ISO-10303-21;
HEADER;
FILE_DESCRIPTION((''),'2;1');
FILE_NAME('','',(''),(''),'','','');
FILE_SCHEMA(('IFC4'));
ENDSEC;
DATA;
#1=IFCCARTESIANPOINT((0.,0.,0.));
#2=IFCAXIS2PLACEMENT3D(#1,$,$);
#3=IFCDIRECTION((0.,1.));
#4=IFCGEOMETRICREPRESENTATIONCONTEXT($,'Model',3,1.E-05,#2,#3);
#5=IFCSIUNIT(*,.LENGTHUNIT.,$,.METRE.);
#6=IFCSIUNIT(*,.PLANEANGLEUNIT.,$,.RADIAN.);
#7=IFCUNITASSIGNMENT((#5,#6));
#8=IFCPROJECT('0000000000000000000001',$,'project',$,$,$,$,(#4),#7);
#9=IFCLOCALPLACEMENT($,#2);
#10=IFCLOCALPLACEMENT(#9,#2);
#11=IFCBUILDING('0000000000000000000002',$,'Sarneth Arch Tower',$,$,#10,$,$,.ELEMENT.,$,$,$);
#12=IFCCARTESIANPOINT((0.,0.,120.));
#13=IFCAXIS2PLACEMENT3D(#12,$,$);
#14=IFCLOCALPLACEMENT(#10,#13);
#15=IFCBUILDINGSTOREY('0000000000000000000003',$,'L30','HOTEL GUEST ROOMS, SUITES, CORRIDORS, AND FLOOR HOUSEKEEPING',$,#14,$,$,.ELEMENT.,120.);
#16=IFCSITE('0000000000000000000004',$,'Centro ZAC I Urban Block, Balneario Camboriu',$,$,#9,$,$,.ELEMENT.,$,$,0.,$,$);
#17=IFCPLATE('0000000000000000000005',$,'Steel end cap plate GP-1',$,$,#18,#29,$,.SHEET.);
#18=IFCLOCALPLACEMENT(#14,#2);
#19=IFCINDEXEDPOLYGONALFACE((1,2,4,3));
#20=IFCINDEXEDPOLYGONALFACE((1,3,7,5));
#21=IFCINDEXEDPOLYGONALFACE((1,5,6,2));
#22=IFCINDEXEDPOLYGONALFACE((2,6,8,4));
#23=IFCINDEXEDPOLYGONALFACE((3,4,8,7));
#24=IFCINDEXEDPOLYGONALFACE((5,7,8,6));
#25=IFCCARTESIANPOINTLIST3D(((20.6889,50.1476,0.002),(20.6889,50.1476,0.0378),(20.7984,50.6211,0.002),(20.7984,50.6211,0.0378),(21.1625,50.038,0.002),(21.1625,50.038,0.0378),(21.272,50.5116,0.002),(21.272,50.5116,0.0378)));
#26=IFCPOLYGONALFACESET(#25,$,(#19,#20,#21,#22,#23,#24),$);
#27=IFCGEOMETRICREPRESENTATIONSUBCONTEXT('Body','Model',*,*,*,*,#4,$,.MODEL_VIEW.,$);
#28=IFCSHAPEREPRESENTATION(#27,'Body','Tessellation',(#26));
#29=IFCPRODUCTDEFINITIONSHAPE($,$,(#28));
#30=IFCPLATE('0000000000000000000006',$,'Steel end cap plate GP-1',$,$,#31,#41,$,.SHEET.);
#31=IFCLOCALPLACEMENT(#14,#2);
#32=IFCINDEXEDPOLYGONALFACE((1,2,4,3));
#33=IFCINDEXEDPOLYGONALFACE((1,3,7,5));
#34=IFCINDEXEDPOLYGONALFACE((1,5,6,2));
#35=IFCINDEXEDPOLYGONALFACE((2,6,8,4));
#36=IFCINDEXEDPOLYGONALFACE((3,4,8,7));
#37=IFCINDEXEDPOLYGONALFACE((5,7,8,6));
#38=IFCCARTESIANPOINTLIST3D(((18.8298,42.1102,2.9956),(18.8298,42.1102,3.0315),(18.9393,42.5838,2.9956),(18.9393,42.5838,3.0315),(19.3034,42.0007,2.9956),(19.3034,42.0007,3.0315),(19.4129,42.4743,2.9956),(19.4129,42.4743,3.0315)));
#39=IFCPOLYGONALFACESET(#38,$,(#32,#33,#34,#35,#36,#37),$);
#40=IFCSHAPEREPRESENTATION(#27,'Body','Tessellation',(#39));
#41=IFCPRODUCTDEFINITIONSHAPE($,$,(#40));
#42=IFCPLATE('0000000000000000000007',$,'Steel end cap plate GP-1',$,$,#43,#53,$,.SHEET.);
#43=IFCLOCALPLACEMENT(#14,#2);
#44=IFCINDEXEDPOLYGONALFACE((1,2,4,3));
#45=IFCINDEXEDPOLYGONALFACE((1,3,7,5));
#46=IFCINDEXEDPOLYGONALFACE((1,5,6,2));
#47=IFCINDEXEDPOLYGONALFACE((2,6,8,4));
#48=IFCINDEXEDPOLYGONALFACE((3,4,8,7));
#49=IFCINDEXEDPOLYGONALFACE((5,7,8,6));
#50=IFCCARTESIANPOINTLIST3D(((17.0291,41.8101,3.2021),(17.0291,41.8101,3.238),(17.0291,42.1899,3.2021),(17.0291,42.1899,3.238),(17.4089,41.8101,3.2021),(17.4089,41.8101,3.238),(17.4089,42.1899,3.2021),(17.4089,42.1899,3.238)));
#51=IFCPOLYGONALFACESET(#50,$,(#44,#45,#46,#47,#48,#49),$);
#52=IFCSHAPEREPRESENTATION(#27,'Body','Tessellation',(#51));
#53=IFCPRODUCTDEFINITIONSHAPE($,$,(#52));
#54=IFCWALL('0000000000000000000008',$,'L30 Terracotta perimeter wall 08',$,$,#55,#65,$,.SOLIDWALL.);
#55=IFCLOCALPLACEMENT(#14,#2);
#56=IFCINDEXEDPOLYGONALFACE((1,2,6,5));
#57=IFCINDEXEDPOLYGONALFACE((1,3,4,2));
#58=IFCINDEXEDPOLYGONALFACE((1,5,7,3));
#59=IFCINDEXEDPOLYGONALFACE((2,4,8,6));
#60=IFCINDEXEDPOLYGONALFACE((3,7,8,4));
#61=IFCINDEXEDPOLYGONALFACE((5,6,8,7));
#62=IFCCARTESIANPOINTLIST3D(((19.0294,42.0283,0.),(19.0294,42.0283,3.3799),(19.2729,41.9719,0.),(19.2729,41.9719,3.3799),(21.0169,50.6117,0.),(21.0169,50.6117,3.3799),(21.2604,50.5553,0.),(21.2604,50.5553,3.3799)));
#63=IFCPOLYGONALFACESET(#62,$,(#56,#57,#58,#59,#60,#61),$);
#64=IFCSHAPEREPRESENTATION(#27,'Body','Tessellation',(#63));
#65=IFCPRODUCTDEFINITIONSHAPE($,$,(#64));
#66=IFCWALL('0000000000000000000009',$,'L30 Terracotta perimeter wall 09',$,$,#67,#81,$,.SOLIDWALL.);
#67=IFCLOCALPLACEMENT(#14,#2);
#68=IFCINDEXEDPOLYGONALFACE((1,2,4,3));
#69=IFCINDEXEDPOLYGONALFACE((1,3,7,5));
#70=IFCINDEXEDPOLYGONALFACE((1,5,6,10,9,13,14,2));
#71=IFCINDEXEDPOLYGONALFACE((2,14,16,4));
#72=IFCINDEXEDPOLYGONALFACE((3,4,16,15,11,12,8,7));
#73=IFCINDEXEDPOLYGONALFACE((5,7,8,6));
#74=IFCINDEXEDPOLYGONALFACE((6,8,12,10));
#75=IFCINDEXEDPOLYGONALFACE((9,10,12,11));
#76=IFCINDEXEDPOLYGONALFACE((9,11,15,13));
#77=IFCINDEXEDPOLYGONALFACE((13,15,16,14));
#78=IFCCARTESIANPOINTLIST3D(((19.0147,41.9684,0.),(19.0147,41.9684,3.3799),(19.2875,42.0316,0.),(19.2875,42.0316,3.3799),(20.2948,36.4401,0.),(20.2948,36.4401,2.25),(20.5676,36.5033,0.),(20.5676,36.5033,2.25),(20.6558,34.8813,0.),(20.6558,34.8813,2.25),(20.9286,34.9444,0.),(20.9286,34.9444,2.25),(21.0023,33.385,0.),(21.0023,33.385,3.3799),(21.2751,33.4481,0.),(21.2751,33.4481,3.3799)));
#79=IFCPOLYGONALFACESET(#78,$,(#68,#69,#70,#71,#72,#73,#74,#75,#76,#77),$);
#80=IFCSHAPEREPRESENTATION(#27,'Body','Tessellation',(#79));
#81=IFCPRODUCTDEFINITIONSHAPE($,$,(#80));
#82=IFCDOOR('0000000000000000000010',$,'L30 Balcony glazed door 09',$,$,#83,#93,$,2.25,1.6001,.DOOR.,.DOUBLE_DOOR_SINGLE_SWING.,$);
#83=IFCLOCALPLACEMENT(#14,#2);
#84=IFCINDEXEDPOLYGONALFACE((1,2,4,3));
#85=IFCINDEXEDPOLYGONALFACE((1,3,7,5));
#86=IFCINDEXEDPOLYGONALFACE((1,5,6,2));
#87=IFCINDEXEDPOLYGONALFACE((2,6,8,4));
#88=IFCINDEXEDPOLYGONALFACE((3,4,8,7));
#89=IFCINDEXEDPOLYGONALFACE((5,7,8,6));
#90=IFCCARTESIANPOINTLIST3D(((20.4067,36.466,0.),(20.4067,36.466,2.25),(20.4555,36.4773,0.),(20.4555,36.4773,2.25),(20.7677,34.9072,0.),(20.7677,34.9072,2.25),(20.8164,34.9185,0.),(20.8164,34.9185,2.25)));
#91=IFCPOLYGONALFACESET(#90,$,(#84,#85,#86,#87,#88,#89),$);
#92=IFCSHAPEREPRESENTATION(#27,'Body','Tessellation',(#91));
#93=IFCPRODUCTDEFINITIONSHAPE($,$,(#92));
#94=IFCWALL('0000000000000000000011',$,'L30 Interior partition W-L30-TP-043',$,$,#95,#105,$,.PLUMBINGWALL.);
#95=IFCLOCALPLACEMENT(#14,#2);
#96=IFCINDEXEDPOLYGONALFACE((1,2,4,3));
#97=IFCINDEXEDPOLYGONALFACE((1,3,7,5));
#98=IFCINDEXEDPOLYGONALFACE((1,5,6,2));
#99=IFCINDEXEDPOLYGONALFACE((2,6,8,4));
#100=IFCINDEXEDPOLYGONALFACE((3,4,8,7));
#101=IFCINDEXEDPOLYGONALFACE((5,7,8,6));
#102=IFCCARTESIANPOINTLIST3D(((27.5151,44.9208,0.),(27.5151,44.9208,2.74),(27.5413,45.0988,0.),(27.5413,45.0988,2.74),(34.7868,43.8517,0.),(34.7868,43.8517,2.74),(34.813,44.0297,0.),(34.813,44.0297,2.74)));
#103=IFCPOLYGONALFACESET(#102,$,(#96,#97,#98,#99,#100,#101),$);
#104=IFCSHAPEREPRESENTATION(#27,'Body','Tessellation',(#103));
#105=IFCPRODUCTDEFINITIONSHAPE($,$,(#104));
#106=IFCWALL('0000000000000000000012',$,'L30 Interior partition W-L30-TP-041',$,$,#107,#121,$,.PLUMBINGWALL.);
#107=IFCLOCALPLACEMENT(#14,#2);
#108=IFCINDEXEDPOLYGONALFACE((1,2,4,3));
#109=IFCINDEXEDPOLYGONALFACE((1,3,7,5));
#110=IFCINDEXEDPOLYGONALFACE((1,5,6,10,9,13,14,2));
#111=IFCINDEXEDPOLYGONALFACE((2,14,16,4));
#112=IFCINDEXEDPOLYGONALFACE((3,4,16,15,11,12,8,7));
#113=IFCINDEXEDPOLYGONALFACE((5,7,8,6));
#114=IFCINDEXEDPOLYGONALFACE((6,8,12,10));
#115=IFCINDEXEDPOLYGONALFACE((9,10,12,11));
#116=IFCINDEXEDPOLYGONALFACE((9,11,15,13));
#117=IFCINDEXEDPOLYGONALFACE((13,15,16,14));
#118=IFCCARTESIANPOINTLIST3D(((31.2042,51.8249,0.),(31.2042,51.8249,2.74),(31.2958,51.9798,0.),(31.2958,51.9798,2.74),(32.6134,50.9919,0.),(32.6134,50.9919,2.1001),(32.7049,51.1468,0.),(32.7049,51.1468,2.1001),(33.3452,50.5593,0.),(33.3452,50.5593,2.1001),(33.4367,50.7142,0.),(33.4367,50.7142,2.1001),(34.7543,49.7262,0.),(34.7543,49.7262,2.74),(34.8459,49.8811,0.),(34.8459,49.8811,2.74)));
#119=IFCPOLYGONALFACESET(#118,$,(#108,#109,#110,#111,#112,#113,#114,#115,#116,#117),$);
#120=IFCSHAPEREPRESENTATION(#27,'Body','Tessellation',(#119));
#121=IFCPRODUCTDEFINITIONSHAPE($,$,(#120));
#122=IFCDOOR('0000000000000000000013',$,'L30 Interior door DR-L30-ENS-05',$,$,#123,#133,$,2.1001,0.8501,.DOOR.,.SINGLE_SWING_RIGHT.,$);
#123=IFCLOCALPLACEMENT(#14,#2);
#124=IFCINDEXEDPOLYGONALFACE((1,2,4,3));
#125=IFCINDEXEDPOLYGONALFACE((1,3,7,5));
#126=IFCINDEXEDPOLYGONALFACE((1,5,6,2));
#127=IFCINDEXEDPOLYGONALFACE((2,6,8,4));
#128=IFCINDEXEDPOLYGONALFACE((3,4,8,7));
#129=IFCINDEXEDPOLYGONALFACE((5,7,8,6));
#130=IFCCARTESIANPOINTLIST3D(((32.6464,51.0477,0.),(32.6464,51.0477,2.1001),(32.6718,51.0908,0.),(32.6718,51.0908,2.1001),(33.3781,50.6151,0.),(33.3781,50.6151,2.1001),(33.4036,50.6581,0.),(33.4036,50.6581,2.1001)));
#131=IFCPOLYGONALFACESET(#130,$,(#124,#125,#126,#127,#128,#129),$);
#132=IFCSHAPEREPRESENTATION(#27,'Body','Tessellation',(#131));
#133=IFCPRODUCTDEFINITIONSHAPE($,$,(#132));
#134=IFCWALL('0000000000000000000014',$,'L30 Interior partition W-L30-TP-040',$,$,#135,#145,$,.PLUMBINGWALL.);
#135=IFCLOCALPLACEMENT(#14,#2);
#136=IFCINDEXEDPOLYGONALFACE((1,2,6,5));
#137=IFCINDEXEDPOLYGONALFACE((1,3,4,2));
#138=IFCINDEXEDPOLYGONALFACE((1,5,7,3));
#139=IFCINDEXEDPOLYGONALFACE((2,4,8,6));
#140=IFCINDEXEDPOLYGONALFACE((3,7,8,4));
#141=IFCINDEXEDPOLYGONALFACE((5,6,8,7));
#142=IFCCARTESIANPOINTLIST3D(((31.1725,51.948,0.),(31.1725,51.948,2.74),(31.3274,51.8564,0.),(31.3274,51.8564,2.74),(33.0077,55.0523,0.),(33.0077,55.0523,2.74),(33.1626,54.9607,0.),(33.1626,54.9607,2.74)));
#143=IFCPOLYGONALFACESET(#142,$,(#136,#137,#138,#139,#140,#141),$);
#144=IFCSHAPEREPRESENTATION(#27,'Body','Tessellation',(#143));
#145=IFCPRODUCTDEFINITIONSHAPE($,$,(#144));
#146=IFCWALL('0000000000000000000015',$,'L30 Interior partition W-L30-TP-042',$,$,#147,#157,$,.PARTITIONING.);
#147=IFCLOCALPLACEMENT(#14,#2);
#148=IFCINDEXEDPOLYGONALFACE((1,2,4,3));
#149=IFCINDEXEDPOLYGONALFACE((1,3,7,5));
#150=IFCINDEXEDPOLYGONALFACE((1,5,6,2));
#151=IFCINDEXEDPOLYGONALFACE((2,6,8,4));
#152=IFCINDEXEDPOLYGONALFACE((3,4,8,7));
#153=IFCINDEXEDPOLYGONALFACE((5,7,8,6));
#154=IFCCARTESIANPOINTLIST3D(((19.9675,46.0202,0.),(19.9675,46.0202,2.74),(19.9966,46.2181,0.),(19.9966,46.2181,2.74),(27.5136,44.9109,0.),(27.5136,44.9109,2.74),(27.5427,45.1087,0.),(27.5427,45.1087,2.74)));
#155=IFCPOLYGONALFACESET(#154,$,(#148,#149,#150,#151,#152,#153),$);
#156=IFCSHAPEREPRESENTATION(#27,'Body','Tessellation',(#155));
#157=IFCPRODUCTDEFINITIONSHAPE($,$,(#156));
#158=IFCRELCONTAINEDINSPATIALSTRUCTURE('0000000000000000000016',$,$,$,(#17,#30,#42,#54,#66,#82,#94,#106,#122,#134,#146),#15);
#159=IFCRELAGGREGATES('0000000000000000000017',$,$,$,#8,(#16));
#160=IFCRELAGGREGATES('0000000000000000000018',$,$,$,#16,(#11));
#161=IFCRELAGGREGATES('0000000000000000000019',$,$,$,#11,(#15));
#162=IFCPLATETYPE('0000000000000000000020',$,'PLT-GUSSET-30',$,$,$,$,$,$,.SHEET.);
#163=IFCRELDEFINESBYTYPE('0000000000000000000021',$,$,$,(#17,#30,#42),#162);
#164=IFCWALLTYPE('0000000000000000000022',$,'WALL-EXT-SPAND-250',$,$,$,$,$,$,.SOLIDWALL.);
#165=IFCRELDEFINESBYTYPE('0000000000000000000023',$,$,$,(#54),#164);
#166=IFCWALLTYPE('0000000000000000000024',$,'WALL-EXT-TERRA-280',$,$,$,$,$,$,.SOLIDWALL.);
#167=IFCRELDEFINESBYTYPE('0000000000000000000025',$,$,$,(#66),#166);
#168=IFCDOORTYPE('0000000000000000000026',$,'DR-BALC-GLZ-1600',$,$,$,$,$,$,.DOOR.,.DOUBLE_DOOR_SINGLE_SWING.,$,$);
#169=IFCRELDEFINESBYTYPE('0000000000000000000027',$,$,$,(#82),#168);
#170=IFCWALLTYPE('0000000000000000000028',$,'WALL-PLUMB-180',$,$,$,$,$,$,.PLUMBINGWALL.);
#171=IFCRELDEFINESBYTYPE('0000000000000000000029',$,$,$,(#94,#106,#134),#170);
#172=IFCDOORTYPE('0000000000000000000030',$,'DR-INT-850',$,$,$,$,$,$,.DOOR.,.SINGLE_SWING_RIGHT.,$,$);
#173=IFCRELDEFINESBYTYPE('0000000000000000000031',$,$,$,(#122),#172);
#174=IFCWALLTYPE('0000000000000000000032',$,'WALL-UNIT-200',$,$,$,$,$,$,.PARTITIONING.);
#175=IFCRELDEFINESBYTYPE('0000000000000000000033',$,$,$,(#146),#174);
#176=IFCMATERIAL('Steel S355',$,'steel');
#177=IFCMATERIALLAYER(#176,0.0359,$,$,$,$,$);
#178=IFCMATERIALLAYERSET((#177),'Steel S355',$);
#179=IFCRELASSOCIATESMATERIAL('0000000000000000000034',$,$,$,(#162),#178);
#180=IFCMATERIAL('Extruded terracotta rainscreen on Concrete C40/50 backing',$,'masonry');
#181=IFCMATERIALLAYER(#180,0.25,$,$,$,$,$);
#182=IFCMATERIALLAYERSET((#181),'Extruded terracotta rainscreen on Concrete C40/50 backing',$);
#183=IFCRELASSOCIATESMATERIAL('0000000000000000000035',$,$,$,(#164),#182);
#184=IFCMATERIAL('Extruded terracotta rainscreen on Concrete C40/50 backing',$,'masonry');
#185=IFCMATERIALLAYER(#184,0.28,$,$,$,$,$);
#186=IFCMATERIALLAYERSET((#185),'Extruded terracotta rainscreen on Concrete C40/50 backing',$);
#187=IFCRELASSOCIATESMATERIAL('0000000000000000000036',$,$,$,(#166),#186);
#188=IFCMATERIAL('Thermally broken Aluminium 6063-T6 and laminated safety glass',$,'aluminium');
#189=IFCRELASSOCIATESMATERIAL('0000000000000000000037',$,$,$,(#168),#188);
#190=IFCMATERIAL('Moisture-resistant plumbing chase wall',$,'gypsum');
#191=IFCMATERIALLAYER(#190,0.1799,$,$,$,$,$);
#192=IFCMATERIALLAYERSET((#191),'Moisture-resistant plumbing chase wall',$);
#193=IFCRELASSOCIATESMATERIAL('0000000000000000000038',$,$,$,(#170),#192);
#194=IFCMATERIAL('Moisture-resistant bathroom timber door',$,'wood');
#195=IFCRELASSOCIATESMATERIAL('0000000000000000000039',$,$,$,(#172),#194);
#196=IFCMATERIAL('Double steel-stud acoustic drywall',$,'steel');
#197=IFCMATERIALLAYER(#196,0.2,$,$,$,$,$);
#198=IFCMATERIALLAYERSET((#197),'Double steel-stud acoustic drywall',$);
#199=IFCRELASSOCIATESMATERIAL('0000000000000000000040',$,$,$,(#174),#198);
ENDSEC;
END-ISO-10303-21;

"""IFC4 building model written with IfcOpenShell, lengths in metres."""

from ifc_helpers import new_model, si_unit, direction, frame, frame_2d, origin, origin_2d, place, context, subcontext, project, spatial, rectangle, extrude, material, layer, layer_set, type_object, element, fill, save


model = new_model("IFC4")

# Units and contexts
model_context = context("Model", 3, precision=1e-05, world=origin(), true_north=direction((0.0, 1.0)))
body_context = subcontext(model_context, "Body", "Model", "MODEL_VIEW")
ifc_project = project(units=[si_unit("LENGTHUNIT", "METRE"), si_unit("PLANEANGLEUNIT", "RADIAN")], contexts=[model_context])

# Site, building, storey
site_placement = place(None, origin())
site = spatial("IfcSite", under=ifc_project, at=site_placement, Name="Centro ZAC I Urban Block, Balneario Camboriu", CompositionType="ELEMENT", RefElevation=0.0)
building_placement = place(site_placement, origin())
building = spatial("IfcBuilding", under=site, at=building_placement, Name="Sarneth Arch Tower", CompositionType="ELEMENT")
storey_placement = place(building_placement, frame((0.0, 0.0, 120.0)))
storey = spatial("IfcBuildingStorey", under=building, at=storey_placement, Name="L30", Description="HOTEL GUEST ROOMS, SUITES, CORRIDORS, AND FLOOR HOUSEKEEPING", CompositionType="ELEMENT", Elevation=120.0)

# Plates
ifc_material_1 = material(Name="Steel S355", Category="steel")
ifc_layer_1 = layer(ifc_material_1, 0.0359)
ifc_layer_set_1 = layer_set([ifc_layer_1], Name="Steel S355")
plate_type = type_object("IfcPlateType", Name="PLT-GUSSET-30", PredefinedType="SHEET", material=ifc_layer_set_1)
for number, where, z_axis, x_axis, name in (
    (1, (20.9805, 50.3296, 0.002), (0.0, 0.0, 1.0), (-0.225291, -0.974291, 0.0), "Steel end cap plate GP-1"),
    (2, (19.1213, 42.2922, 2.9956), (0.0, 0.0, 1.0), (-0.225291, -0.974291, 0.0), "Steel end cap plate GP-1"),
):
    element("IfcPlate", number, at=place(storey_placement, frame(where, z_axis=z_axis, x_axis=x_axis)), inside=storey, type_object=plate_type, Name=name, PredefinedType="SHEET", context=body_context, shape_type="SweptSolid", body=[
        extrude(rectangle(XDim=0.4861, YDim=0.4861, at=origin_2d()), origin(), (0.0, 0.0, 1.0), 0.0359),
    ])
plate_placement = place(storey_placement, frame((17.219, 42.0, 3.2021), z_axis=(0.0, 0.0, 1.0), x_axis=(-1.0, 0.0, 0.0)))
element("IfcPlate", 3, at=plate_placement, inside=storey, type_object=plate_type, Name="Steel end cap plate GP-1", PredefinedType="SHEET", context=body_context, shape_type="SweptSolid", body=[
    extrude(rectangle(XDim=0.3799, YDim=0.3799, at=origin_2d()), origin(), (0.0, 0.0, 1.0), 0.0359),
])

# Wall
ifc_material_2 = material(Name="Extruded terracotta rainscreen on Concrete C40/50 backing", Category="masonry")
ifc_layer_2 = layer(ifc_material_2, 0.25)
ifc_layer_set_2 = layer_set([ifc_layer_2], Name="Extruded terracotta rainscreen on Concrete C40/50 backing")
wall_type_1 = type_object("IfcWallType", Name="WALL-EXT-SPAND-250", PredefinedType="SOLIDWALL", material=ifc_layer_set_2)
wall_1_placement = place(storey_placement, frame((21.1387, 50.5835, 0.0), z_axis=(0.0, 0.0, 1.0), x_axis=(-0.225586, -0.974223, 0.0)))
element("IfcWall", 4, at=wall_1_placement, inside=storey, type_object=wall_type_1, Name="L30 Terracotta perimeter wall 08", PredefinedType="SOLIDWALL", context=body_context, shape_type="SweptSolid", body=[
    extrude(rectangle(XDim=8.8105, YDim=0.25, at=frame_2d((4.4053, 0.0))), origin(), (0.0, 0.0, 1.0), 3.3799),
])

# Wall, opening, door
ifc_material_3 = material(Name="Extruded terracotta rainscreen on Concrete C40/50 backing", Category="masonry")
ifc_layer_3 = layer(ifc_material_3, 0.28)
ifc_layer_set_3 = layer_set([ifc_layer_3], Name="Extruded terracotta rainscreen on Concrete C40/50 backing")
wall_type_2 = type_object("IfcWallType", Name="WALL-EXT-TERRA-280", PredefinedType="SOLIDWALL", material=ifc_layer_set_3)
wall_2_placement = place(storey_placement, frame((19.1511, 42.0, 0.0), z_axis=(0.0, 0.0, 1.0), x_axis=(0.225586, -0.974223, 0.0)))
wall_2 = element("IfcWall", 5, at=wall_2_placement, inside=storey, type_object=wall_type_2, Name="L30 Terracotta perimeter wall 09", PredefinedType="SOLIDWALL", context=body_context, shape_type="SweptSolid", body=[
    extrude(rectangle(XDim=8.8105, YDim=0.28, at=frame_2d((4.4053, 0.0))), origin(), (0.0, 0.0, 1.0), 3.3799),
])
opening_1_placement = place(wall_2_placement, frame((5.6746, 0.0, 0.0)))
opening_1 = element("IfcOpeningElement", 6, at=opening_1_placement, cuts=wall_2, PredefinedType="OPENING", context=body_context, shape_type="SweptSolid", body=[
    extrude(rectangle(XDim=1.6001, YDim=2.25, at=frame_2d((0.8, 1.125))), frame((0.0, 0.1499, 0.0), z_axis=(0.0, -1.0, 0.0), x_axis=(1.0, 0.0, 0.0)), (0.0, 0.0, 1.0), 0.3),
])
ifc_material_4 = material(Name="Thermally broken Aluminium 6063-T6 and laminated safety glass", Category="aluminium")
door_type_1 = type_object("IfcDoorType", Name="DR-BALC-GLZ-1600", OperationType="DOUBLE_DOOR_SINGLE_SWING", PredefinedType="DOOR", material=ifc_material_4)
door_1_placement = place(opening_1_placement, origin())
door_1 = element("IfcDoor", 7, at=door_1_placement, inside=storey, type_object=door_type_1, Name="L30 Balcony glazed door 09", OperationType="DOUBLE_DOOR_SINGLE_SWING", OverallHeight=2.25, OverallWidth=1.6001, PredefinedType="DOOR", context=body_context, shape_type="SweptSolid", body=[
    extrude(rectangle(XDim=1.6001, YDim=2.25, at=frame_2d((0.8, 1.125))), frame((0.0, 0.0249, 0.0), z_axis=(0.0, -1.0, 0.0), x_axis=(1.0, 0.0, 0.0)), (0.0, 0.0, 1.0), 0.05),
])
fill(opening_1, door_1)

# Wall
ifc_material_5 = material(Name="Moisture-resistant plumbing chase wall", Category="gypsum")
ifc_layer_4 = layer(ifc_material_5, 0.1799)
ifc_layer_set_4 = layer_set([ifc_layer_4], Name="Moisture-resistant plumbing chase wall")
wall_type_3 = type_object("IfcWallType", Name="WALL-PLUMB-180", PredefinedType="PLUMBINGWALL", material=ifc_layer_set_4)
wall_3_placement = place(storey_placement, frame((27.5283, 45.0098, 0.0), z_axis=(0.0, 0.0, 1.0), x_axis=(0.989365, -0.145457, 0.0)))
element("IfcWall", 8, at=wall_3_placement, inside=storey, type_object=wall_type_3, Name="L30 Interior partition W-L30-TP-043", PredefinedType="PLUMBINGWALL", context=body_context, shape_type="SweptSolid", body=[
    extrude(rectangle(XDim=7.3499, YDim=0.1799, at=frame_2d((3.6748, 0.0))), origin(), (0.0, 0.0, 1.0), 2.74),
])

# Wall, opening, door
wall_4_placement = place(storey_placement, frame((31.25, 51.9023, 0.0), z_axis=(0.0, 0.0, 1.0), x_axis=(0.860833, -0.508887, 0.0)))
wall_4 = element("IfcWall", 9, at=wall_4_placement, inside=storey, type_object=wall_type_3, Name="L30 Interior partition W-L30-TP-041", PredefinedType="PLUMBINGWALL", context=body_context, shape_type="SweptSolid", body=[
    extrude(rectangle(XDim=4.124, YDim=0.1799, at=frame_2d((2.062, 0.0))), origin(), (0.0, 0.0, 1.0), 2.74),
])
opening_2_placement = place(wall_4_placement, frame((1.637, 0.0, 0.0)))
opening_2 = element("IfcOpeningElement", 10, at=opening_2_placement, cuts=wall_4, PredefinedType="OPENING", context=body_context, shape_type="SweptSolid", body=[
    extrude(rectangle(XDim=0.8501, YDim=2.1001, at=frame_2d((0.425, 1.05))), frame((0.0, 0.0999, 0.0), z_axis=(0.0, -1.0, 0.0), x_axis=(1.0, 0.0, 0.0)), (0.0, 0.0, 1.0), 0.2),
])
ifc_material_6 = material(Name="Moisture-resistant bathroom timber door", Category="wood")
door_type_2 = type_object("IfcDoorType", Name="DR-INT-850", OperationType="SINGLE_SWING_RIGHT", PredefinedType="DOOR", material=ifc_material_6)
door_2_placement = place(opening_2_placement, origin())
door_2 = element("IfcDoor", 11, at=door_2_placement, inside=storey, type_object=door_type_2, Name="L30 Interior door DR-L30-ENS-05", OperationType="SINGLE_SWING_RIGHT", OverallHeight=2.1001, OverallWidth=0.8501, PredefinedType="DOOR", context=body_context, shape_type="SweptSolid", body=[
    extrude(rectangle(XDim=0.8501, YDim=2.1001, at=frame_2d((0.425, 1.05))), frame((0.0, 0.0249, 0.0), z_axis=(0.0, -1.0, 0.0), x_axis=(1.0, 0.0, 0.0)), (0.0, 0.0, 1.0), 0.05),
])
fill(opening_2, door_2)

# Walls
wall_5_placement = place(storey_placement, frame((33.0852, 55.0066, 0.0), z_axis=(0.0, 0.0, 1.0), x_axis=(-0.508909, -0.86082, 0.0)))
element("IfcWall", 12, at=wall_5_placement, inside=storey, type_object=wall_type_3, Name="L30 Interior partition W-L30-TP-040", PredefinedType="PLUMBINGWALL", context=body_context, shape_type="SweptSolid", body=[
    extrude(rectangle(XDim=3.6062, YDim=0.1799, at=frame_2d((1.8032, 0.0))), origin(), (0.0, 0.0, 1.0), 2.74),
])
ifc_material_7 = material(Name="Double steel-stud acoustic drywall", Category="steel")
ifc_layer_5 = layer(ifc_material_7, 0.2)
ifc_layer_set_5 = layer_set([ifc_layer_5], Name="Double steel-stud acoustic drywall")
wall_type_4 = type_object("IfcWallType", Name="WALL-UNIT-200", PredefinedType="PARTITIONING", material=ifc_layer_set_5)
wall_6_placement = place(storey_placement, frame((19.9822, 46.1191, 0.0), z_axis=(0.0, 0.0, 1.0), x_axis=(0.989366, -0.145449, 0.0)))
element("IfcWall", 13, at=wall_6_placement, inside=storey, type_object=wall_type_4, Name="L30 Interior partition W-L30-TP-042", PredefinedType="PARTITIONING", context=body_context, shape_type="SweptSolid", body=[
    extrude(rectangle(XDim=7.6272, YDim=0.2, at=frame_2d((3.8135, 0.0))), origin(), (0.0, 0.0, 1.0), 2.74),
])

save(model, "model.ifc")
